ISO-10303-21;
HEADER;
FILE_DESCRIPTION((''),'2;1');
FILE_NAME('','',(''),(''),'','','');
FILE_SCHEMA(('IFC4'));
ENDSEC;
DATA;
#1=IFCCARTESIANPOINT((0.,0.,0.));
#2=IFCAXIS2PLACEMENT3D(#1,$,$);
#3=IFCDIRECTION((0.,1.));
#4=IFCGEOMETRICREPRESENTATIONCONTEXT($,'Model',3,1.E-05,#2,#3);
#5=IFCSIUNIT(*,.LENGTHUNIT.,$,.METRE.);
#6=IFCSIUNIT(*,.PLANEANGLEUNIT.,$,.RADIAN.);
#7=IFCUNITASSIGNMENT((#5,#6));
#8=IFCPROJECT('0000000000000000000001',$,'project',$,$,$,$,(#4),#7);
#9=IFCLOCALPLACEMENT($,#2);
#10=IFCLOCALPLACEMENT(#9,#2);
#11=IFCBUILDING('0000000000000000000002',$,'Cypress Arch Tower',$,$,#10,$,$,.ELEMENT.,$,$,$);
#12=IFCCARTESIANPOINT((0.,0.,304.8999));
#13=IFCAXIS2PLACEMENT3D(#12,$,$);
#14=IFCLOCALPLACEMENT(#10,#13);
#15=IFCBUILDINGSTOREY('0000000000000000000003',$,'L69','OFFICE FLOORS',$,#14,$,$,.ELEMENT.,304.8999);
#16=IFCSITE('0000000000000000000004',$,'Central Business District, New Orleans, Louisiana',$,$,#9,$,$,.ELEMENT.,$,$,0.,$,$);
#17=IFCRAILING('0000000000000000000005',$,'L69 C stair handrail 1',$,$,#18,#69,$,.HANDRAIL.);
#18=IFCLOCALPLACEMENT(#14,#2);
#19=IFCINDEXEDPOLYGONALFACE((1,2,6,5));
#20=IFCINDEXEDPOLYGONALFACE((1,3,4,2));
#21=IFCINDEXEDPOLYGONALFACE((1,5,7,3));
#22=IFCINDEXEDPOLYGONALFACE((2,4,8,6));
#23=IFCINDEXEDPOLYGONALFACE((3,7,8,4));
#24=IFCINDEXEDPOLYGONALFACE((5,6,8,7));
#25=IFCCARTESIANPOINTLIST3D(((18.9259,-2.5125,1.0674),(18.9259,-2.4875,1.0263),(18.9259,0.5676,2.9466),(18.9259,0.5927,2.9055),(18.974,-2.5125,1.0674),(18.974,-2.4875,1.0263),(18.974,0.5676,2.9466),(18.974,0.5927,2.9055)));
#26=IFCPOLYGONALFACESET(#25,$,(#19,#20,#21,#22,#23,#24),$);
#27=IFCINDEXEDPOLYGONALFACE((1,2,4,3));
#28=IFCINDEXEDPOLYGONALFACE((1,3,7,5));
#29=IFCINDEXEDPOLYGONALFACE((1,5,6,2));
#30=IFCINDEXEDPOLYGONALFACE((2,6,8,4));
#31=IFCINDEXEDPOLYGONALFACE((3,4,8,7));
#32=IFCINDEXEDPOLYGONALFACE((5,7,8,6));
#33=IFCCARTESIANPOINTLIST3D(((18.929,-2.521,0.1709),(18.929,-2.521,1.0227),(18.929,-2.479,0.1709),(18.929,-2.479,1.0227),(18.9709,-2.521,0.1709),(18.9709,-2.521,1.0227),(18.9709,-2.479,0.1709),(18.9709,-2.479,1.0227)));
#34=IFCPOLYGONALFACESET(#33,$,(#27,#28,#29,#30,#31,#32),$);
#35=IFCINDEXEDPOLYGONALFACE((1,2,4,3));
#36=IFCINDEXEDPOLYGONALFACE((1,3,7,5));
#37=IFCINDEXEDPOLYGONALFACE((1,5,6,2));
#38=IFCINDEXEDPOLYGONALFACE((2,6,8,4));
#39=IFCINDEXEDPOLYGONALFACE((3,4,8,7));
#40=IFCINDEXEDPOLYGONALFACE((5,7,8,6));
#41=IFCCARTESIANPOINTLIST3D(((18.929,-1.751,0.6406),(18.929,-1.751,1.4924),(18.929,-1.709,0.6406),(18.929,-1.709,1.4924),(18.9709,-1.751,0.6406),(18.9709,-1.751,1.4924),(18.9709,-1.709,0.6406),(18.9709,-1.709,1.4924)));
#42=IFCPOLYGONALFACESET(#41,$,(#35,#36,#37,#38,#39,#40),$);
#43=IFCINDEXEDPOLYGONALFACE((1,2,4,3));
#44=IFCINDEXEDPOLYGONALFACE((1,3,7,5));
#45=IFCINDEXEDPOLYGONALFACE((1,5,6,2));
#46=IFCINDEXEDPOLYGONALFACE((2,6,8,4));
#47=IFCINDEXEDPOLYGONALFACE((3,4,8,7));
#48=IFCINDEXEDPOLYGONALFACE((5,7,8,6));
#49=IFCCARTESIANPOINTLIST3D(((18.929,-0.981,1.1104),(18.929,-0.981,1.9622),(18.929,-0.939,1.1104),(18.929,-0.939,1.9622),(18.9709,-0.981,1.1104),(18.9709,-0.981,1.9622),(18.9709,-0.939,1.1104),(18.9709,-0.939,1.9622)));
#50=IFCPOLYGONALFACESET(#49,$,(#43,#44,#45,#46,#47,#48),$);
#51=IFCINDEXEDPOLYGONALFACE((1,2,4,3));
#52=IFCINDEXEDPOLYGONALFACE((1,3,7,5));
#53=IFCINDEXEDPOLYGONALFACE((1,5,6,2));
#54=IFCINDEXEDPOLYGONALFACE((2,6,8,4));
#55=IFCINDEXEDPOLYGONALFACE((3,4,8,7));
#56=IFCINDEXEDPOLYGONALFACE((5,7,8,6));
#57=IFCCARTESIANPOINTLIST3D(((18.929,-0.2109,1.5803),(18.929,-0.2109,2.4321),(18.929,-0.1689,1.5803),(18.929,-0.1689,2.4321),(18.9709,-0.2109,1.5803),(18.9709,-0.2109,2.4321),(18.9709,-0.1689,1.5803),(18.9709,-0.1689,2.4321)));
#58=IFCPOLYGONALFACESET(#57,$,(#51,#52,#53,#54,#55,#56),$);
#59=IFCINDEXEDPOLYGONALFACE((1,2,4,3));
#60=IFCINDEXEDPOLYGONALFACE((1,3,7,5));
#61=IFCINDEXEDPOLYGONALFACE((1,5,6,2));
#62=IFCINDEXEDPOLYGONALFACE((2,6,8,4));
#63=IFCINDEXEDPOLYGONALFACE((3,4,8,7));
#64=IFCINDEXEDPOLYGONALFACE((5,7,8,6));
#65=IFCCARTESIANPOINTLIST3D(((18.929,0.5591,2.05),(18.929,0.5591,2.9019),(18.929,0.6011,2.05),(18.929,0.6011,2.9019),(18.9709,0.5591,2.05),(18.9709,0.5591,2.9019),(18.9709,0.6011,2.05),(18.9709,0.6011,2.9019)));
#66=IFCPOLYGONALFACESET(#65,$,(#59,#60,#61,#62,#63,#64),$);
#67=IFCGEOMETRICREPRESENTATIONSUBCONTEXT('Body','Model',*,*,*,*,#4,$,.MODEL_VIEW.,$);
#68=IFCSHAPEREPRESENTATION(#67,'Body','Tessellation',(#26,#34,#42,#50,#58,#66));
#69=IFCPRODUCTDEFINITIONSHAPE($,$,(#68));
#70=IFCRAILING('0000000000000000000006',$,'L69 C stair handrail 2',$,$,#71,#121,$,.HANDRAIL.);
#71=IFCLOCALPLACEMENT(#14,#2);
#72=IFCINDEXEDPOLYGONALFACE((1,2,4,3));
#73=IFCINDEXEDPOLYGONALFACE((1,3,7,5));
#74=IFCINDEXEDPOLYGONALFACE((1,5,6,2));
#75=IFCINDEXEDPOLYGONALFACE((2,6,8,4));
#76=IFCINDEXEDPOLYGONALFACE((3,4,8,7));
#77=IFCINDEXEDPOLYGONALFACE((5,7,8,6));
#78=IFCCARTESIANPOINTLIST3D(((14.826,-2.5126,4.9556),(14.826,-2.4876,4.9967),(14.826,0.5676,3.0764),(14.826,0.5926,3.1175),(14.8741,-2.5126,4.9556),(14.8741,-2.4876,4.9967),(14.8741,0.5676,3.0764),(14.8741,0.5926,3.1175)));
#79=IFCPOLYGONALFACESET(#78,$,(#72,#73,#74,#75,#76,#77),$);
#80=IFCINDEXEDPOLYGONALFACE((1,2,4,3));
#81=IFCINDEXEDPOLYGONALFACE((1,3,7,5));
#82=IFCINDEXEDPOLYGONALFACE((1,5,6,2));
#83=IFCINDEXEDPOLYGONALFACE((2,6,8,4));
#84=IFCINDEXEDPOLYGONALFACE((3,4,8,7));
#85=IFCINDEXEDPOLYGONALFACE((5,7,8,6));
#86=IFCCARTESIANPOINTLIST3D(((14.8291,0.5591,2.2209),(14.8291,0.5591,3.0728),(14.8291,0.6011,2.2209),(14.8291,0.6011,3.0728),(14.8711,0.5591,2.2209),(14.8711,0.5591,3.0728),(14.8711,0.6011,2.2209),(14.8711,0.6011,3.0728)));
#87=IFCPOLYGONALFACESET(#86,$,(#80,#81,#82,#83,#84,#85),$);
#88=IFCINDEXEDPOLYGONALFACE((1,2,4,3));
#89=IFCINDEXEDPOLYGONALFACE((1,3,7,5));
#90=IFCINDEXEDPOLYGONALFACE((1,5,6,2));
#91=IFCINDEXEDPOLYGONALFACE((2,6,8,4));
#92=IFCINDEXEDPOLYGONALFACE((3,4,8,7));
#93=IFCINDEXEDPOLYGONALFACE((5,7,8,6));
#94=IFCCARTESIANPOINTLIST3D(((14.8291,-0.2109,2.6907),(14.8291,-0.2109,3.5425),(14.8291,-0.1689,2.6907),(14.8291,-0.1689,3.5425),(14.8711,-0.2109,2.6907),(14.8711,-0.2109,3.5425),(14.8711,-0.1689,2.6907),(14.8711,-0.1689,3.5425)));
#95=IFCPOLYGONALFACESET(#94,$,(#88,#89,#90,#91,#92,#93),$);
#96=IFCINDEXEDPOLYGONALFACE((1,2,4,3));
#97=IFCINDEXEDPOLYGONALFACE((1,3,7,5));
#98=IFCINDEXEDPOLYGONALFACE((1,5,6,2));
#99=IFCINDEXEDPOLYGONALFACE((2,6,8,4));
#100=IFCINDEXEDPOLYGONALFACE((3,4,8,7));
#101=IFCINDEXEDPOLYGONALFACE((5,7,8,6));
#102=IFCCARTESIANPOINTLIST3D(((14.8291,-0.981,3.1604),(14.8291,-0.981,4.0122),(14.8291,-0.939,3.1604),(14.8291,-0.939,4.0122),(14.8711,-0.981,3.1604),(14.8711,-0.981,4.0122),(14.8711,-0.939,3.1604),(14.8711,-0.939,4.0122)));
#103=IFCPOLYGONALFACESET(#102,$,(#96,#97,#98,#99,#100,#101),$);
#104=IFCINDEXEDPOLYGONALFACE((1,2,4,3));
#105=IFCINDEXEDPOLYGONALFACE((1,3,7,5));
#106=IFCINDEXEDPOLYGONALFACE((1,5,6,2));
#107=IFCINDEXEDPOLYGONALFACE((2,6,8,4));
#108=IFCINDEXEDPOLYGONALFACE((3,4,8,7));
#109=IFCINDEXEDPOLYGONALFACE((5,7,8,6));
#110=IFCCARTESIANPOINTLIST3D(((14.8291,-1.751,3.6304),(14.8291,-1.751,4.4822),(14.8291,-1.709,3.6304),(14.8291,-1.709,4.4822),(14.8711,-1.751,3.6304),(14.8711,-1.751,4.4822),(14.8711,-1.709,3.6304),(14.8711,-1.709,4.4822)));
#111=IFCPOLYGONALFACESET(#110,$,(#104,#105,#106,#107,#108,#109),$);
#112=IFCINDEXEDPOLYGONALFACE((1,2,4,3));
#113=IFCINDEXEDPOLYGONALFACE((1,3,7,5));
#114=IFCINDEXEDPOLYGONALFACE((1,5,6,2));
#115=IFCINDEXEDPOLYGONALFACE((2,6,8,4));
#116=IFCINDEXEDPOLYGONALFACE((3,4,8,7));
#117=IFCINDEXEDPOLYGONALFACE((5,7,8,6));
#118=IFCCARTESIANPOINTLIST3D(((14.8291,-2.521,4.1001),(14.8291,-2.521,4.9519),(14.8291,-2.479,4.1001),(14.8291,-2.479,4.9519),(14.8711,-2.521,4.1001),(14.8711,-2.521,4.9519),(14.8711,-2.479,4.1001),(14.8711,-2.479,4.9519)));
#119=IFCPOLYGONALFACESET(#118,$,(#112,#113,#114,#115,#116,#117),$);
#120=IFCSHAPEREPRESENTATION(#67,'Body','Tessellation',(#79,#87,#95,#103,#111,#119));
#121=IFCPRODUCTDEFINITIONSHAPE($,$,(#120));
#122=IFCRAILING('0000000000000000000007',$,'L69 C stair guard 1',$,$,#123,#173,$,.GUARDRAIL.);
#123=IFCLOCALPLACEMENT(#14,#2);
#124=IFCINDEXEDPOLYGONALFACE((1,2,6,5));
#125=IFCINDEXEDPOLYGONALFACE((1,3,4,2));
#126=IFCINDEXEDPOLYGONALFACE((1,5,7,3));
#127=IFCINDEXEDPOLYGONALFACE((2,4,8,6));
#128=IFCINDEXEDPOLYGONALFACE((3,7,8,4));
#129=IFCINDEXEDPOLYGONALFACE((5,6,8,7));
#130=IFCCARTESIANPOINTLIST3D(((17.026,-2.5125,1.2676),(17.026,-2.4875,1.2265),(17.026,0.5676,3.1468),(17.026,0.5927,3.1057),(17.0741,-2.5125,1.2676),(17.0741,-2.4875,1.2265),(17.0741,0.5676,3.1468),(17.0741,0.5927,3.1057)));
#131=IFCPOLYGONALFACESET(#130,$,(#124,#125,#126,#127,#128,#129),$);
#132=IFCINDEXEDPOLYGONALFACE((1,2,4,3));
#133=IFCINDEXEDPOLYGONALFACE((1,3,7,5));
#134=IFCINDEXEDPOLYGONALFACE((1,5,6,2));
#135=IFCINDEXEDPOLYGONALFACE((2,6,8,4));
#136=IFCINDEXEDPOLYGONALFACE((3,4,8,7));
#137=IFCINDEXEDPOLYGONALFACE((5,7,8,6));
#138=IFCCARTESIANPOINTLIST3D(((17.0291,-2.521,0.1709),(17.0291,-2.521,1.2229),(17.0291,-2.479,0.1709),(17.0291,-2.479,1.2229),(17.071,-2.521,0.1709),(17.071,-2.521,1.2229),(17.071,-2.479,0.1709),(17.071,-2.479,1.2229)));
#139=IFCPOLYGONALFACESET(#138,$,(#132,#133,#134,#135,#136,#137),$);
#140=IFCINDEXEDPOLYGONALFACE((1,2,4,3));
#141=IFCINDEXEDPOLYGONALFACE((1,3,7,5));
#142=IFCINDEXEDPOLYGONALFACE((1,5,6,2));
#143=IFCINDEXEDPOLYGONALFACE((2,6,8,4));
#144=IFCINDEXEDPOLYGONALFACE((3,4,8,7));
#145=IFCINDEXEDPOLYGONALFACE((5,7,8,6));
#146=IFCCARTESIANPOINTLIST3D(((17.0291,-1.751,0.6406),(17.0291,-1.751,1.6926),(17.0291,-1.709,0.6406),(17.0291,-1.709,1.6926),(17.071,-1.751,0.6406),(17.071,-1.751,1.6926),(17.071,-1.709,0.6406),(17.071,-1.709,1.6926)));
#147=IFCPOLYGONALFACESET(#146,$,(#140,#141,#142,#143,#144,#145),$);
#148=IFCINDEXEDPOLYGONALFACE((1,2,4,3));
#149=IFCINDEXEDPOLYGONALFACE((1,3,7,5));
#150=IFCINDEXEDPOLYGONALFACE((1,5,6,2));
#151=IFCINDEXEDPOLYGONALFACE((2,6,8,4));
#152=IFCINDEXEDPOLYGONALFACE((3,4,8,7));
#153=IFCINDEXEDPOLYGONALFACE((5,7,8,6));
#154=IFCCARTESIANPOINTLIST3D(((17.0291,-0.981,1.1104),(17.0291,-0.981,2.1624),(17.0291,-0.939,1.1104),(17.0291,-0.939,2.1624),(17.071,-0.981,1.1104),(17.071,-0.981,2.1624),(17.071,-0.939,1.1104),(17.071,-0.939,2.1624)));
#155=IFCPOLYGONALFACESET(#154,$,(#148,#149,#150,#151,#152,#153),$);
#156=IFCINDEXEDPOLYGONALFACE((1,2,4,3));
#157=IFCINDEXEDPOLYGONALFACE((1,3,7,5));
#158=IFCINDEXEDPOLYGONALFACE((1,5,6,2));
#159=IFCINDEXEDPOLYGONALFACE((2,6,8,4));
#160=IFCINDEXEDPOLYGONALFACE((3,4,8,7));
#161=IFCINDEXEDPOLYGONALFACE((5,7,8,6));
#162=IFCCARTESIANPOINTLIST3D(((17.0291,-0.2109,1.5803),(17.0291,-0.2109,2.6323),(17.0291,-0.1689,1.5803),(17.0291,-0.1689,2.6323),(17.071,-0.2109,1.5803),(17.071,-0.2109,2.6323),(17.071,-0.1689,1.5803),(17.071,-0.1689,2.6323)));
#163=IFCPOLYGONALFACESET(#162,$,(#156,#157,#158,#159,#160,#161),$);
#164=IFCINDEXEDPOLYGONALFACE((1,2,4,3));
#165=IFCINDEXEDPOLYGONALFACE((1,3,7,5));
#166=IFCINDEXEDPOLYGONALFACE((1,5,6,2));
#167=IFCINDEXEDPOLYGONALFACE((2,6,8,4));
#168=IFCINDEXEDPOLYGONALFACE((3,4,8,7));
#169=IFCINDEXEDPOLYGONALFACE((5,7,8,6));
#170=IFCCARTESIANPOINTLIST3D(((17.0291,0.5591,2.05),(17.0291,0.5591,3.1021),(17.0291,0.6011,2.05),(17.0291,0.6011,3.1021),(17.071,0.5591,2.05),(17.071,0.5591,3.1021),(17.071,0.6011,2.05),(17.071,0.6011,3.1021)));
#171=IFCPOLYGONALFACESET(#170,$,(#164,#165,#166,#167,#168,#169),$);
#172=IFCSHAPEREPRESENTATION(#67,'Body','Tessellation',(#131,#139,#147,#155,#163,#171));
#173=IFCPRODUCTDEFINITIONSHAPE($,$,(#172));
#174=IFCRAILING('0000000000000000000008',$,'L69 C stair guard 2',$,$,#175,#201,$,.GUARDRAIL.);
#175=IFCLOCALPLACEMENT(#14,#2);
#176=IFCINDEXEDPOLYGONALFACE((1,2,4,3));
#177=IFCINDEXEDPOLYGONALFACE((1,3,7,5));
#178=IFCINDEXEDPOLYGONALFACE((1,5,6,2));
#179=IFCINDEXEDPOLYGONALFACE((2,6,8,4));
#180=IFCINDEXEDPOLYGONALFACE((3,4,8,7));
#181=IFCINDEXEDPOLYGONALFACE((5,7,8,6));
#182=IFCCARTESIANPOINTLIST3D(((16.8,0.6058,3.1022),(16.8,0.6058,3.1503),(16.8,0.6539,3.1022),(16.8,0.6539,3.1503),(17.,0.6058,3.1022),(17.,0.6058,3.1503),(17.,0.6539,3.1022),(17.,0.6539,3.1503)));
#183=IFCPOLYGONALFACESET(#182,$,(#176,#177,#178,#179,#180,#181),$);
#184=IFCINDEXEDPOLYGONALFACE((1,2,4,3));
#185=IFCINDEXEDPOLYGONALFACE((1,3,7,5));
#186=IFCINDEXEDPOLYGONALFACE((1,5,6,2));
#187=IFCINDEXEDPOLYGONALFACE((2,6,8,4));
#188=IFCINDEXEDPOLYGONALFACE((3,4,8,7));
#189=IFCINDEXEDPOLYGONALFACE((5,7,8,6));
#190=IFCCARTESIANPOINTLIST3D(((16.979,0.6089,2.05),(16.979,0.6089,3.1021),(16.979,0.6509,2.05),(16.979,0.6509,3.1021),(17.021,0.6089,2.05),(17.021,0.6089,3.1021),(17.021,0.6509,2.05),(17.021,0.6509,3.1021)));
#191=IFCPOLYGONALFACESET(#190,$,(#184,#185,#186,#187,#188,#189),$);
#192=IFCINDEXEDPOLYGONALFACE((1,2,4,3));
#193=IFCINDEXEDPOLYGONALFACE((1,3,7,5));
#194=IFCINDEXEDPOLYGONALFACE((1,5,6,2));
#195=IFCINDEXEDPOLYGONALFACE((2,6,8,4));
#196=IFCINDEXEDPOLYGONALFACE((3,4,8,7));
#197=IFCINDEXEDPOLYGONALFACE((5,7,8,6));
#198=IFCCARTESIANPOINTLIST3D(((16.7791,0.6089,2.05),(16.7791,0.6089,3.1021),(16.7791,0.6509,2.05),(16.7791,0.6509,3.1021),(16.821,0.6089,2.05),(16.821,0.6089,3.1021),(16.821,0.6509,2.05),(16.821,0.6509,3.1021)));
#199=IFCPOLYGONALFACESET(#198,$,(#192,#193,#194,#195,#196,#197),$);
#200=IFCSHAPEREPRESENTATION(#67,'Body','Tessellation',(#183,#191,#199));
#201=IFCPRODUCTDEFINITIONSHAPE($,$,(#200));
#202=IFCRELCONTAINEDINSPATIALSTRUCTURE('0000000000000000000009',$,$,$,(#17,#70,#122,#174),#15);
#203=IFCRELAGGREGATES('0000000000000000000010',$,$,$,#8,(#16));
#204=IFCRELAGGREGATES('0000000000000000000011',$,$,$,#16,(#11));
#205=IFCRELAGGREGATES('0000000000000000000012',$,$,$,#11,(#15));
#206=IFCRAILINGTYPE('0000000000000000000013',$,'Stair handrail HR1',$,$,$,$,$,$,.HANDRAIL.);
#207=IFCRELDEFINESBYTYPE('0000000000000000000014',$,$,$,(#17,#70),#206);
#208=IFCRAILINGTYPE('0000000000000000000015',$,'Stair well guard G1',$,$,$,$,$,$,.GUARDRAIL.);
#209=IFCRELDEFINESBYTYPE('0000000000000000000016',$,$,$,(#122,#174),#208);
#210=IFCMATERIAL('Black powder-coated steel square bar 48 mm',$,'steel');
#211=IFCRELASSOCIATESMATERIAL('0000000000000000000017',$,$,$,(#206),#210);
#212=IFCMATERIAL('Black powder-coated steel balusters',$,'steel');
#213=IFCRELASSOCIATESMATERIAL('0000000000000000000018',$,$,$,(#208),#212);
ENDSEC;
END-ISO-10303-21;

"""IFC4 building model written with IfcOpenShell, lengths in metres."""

from ifc_helpers import new_model, si_unit, direction, frame, origin, origin_2d, place, context, subcontext, project, spatial, rectangle, extrude, material, type_object, element, save


model = new_model("IFC4")

# Units and contexts
model_context = context("Model", 3, precision=1e-05, world=origin(), true_north=direction((0.0, 1.0)))
body_context = subcontext(model_context, "Body", "Model", "MODEL_VIEW")
ifc_project = project(units=[si_unit("LENGTHUNIT", "METRE"), si_unit("PLANEANGLEUNIT", "RADIAN")], contexts=[model_context])

# Site, building, storey
site_placement = place(None, origin())
site = spatial("IfcSite", under=ifc_project, at=site_placement, Name="Central Business District, New Orleans, Louisiana", CompositionType="ELEMENT", RefElevation=0.0)
building_placement = place(site_placement, origin())
building = spatial("IfcBuilding", under=site, at=building_placement, Name="Cypress Arch Tower", CompositionType="ELEMENT")
storey_placement = place(building_placement, frame((0.0, 0.0, 304.8999)))
storey = spatial("IfcBuildingStorey", under=building, at=storey_placement, Name="L69", Description="OFFICE FLOORS", CompositionType="ELEMENT", Elevation=304.8999)

# Railings
ifc_material_1 = material(Name="Black powder-coated steel square bar 48 mm", Category="steel")
railing_type_1 = type_object("IfcRailingType", Name="Stair handrail HR1", PredefinedType="HANDRAIL", material=ifc_material_1)
railing_1_placement = place(storey_placement, frame((18.95, -2.5, 0.1709)))
element("IfcRailing", 1, at=railing_1_placement, inside=storey, type_object=railing_type_1, Name="L69 C stair handrail 1", PredefinedType="HANDRAIL", context=body_context, shape_type="SweptSolid", body=[
    extrude(rectangle(XDim=0.0481, YDim=0.0481, at=origin_2d()), frame((0.0, 0.0, 0.876), z_axis=(0.0, 0.853666, 0.52082), x_axis=(-1.0, 0.0, 0.0)), (0.0, 0.0, 1.0), 3.6082),
    extrude(rectangle(XDim=0.042, YDim=0.042, at=origin_2d()), origin(), (0.0, 0.0, 1.0), 0.8518),
    extrude(rectangle(XDim=0.042, YDim=0.042, at=origin_2d()), frame((0.0, 0.77, 0.4697)), (0.0, 0.0, 1.0), 0.8518),
    extrude(rectangle(XDim=0.042, YDim=0.042, at=origin_2d()), frame((0.0, 1.54, 0.9395)), (0.0, 0.0, 1.0), 0.8518),
    extrude(rectangle(XDim=0.042, YDim=0.042, at=origin_2d()), frame((0.0, 2.3101, 1.4094)), (0.0, 0.0, 1.0), 0.8518),
    extrude(rectangle(XDim=0.042, YDim=0.042, at=origin_2d()), frame((0.0, 3.0801, 1.8792)), (0.0, 0.0, 1.0), 0.8518),
])
railing_2_placement = place(storey_placement, frame((14.8501, 0.5801, 2.2209)))
element("IfcRailing", 2, at=railing_2_placement, inside=storey, type_object=railing_type_1, Name="L69 C stair handrail 2", PredefinedType="HANDRAIL", context=body_context, shape_type="SweptSolid", body=[
    extrude(rectangle(XDim=0.0481, YDim=0.0481, at=origin_2d()), frame((0.0, 0.0, 0.876), z_axis=(0.0, -0.853666, 0.52082), x_axis=(1.0, 0.0, 0.0)), (0.0, 0.0, 1.0), 3.6082),
    extrude(rectangle(XDim=0.042, YDim=0.042, at=origin_2d()), origin(), (0.0, 0.0, 1.0), 0.8518),
    extrude(rectangle(XDim=0.042, YDim=0.042, at=origin_2d()), frame((0.0, -0.77, 0.4697)), (0.0, 0.0, 1.0), 0.8518),
    extrude(rectangle(XDim=0.042, YDim=0.042, at=origin_2d()), frame((0.0, -1.54, 0.9395)), (0.0, 0.0, 1.0), 0.8518),
    extrude(rectangle(XDim=0.042, YDim=0.042, at=origin_2d()), frame((0.0, -2.3101, 1.4094)), (0.0, 0.0, 1.0), 0.8518),
    extrude(rectangle(XDim=0.042, YDim=0.042, at=origin_2d()), frame((0.0, -3.0801, 1.8792)), (0.0, 0.0, 1.0), 0.8518),
])
ifc_material_2 = material(Name="Black powder-coated steel balusters", Category="steel")
railing_type_2 = type_object("IfcRailingType", Name="Stair well guard G1", PredefinedType="GUARDRAIL", material=ifc_material_2)
railing_3_placement = place(storey_placement, frame((17.05, -2.5, 0.1709)))
element("IfcRailing", 3, at=railing_3_placement, inside=storey, type_object=railing_type_2, Name="L69 C stair guard 1", PredefinedType="GUARDRAIL", context=body_context, shape_type="SweptSolid", body=[
    extrude(rectangle(XDim=0.0481, YDim=0.0481, at=origin_2d()), frame((0.0, 0.0, 1.0762), z_axis=(0.0, 0.853666, 0.52082), x_axis=(-1.0, 0.0, 0.0)), (0.0, 0.0, 1.0), 3.6082),
    extrude(rectangle(XDim=0.042, YDim=0.042, at=origin_2d()), origin(), (0.0, 0.0, 1.0), 1.052),
    extrude(rectangle(XDim=0.042, YDim=0.042, at=origin_2d()), frame((0.0, 0.77, 0.4697)), (0.0, 0.0, 1.0), 1.052),
    extrude(rectangle(XDim=0.042, YDim=0.042, at=origin_2d()), frame((0.0, 1.54, 0.9395)), (0.0, 0.0, 1.0), 1.052),
    extrude(rectangle(XDim=0.042, YDim=0.042, at=origin_2d()), frame((0.0, 2.3101, 1.4094)), (0.0, 0.0, 1.0), 1.052),
    extrude(rectangle(XDim=0.042, YDim=0.042, at=origin_2d()), frame((0.0, 3.0801, 1.8792)), (0.0, 0.0, 1.0), 1.052),
])
railing_4_placement = place(storey_placement, frame((17.0, 0.6299, 2.05)))
element("IfcRailing", 4, at=railing_4_placement, inside=storey, type_object=railing_type_2, Name="L69 C stair guard 2", PredefinedType="GUARDRAIL", context=body_context, shape_type="SweptSolid", body=[
    extrude(rectangle(XDim=0.0481, YDim=0.0481, at=origin_2d()), frame((0.0, 0.0, 1.0762), z_axis=(-1.0, 0.0, 0.0), x_axis=(0.0, -1.0, 0.0)), (0.0, 0.0, 1.0), 0.2),
    extrude(rectangle(XDim=0.042, YDim=0.042, at=origin_2d()), origin(), (0.0, 0.0, 1.0), 1.052),
    extrude(rectangle(XDim=0.042, YDim=0.042, at=origin_2d()), frame((-0.2, 0.0, 0.0)), (0.0, 0.0, 1.0), 1.052),
])

save(model, "model.ifc")
